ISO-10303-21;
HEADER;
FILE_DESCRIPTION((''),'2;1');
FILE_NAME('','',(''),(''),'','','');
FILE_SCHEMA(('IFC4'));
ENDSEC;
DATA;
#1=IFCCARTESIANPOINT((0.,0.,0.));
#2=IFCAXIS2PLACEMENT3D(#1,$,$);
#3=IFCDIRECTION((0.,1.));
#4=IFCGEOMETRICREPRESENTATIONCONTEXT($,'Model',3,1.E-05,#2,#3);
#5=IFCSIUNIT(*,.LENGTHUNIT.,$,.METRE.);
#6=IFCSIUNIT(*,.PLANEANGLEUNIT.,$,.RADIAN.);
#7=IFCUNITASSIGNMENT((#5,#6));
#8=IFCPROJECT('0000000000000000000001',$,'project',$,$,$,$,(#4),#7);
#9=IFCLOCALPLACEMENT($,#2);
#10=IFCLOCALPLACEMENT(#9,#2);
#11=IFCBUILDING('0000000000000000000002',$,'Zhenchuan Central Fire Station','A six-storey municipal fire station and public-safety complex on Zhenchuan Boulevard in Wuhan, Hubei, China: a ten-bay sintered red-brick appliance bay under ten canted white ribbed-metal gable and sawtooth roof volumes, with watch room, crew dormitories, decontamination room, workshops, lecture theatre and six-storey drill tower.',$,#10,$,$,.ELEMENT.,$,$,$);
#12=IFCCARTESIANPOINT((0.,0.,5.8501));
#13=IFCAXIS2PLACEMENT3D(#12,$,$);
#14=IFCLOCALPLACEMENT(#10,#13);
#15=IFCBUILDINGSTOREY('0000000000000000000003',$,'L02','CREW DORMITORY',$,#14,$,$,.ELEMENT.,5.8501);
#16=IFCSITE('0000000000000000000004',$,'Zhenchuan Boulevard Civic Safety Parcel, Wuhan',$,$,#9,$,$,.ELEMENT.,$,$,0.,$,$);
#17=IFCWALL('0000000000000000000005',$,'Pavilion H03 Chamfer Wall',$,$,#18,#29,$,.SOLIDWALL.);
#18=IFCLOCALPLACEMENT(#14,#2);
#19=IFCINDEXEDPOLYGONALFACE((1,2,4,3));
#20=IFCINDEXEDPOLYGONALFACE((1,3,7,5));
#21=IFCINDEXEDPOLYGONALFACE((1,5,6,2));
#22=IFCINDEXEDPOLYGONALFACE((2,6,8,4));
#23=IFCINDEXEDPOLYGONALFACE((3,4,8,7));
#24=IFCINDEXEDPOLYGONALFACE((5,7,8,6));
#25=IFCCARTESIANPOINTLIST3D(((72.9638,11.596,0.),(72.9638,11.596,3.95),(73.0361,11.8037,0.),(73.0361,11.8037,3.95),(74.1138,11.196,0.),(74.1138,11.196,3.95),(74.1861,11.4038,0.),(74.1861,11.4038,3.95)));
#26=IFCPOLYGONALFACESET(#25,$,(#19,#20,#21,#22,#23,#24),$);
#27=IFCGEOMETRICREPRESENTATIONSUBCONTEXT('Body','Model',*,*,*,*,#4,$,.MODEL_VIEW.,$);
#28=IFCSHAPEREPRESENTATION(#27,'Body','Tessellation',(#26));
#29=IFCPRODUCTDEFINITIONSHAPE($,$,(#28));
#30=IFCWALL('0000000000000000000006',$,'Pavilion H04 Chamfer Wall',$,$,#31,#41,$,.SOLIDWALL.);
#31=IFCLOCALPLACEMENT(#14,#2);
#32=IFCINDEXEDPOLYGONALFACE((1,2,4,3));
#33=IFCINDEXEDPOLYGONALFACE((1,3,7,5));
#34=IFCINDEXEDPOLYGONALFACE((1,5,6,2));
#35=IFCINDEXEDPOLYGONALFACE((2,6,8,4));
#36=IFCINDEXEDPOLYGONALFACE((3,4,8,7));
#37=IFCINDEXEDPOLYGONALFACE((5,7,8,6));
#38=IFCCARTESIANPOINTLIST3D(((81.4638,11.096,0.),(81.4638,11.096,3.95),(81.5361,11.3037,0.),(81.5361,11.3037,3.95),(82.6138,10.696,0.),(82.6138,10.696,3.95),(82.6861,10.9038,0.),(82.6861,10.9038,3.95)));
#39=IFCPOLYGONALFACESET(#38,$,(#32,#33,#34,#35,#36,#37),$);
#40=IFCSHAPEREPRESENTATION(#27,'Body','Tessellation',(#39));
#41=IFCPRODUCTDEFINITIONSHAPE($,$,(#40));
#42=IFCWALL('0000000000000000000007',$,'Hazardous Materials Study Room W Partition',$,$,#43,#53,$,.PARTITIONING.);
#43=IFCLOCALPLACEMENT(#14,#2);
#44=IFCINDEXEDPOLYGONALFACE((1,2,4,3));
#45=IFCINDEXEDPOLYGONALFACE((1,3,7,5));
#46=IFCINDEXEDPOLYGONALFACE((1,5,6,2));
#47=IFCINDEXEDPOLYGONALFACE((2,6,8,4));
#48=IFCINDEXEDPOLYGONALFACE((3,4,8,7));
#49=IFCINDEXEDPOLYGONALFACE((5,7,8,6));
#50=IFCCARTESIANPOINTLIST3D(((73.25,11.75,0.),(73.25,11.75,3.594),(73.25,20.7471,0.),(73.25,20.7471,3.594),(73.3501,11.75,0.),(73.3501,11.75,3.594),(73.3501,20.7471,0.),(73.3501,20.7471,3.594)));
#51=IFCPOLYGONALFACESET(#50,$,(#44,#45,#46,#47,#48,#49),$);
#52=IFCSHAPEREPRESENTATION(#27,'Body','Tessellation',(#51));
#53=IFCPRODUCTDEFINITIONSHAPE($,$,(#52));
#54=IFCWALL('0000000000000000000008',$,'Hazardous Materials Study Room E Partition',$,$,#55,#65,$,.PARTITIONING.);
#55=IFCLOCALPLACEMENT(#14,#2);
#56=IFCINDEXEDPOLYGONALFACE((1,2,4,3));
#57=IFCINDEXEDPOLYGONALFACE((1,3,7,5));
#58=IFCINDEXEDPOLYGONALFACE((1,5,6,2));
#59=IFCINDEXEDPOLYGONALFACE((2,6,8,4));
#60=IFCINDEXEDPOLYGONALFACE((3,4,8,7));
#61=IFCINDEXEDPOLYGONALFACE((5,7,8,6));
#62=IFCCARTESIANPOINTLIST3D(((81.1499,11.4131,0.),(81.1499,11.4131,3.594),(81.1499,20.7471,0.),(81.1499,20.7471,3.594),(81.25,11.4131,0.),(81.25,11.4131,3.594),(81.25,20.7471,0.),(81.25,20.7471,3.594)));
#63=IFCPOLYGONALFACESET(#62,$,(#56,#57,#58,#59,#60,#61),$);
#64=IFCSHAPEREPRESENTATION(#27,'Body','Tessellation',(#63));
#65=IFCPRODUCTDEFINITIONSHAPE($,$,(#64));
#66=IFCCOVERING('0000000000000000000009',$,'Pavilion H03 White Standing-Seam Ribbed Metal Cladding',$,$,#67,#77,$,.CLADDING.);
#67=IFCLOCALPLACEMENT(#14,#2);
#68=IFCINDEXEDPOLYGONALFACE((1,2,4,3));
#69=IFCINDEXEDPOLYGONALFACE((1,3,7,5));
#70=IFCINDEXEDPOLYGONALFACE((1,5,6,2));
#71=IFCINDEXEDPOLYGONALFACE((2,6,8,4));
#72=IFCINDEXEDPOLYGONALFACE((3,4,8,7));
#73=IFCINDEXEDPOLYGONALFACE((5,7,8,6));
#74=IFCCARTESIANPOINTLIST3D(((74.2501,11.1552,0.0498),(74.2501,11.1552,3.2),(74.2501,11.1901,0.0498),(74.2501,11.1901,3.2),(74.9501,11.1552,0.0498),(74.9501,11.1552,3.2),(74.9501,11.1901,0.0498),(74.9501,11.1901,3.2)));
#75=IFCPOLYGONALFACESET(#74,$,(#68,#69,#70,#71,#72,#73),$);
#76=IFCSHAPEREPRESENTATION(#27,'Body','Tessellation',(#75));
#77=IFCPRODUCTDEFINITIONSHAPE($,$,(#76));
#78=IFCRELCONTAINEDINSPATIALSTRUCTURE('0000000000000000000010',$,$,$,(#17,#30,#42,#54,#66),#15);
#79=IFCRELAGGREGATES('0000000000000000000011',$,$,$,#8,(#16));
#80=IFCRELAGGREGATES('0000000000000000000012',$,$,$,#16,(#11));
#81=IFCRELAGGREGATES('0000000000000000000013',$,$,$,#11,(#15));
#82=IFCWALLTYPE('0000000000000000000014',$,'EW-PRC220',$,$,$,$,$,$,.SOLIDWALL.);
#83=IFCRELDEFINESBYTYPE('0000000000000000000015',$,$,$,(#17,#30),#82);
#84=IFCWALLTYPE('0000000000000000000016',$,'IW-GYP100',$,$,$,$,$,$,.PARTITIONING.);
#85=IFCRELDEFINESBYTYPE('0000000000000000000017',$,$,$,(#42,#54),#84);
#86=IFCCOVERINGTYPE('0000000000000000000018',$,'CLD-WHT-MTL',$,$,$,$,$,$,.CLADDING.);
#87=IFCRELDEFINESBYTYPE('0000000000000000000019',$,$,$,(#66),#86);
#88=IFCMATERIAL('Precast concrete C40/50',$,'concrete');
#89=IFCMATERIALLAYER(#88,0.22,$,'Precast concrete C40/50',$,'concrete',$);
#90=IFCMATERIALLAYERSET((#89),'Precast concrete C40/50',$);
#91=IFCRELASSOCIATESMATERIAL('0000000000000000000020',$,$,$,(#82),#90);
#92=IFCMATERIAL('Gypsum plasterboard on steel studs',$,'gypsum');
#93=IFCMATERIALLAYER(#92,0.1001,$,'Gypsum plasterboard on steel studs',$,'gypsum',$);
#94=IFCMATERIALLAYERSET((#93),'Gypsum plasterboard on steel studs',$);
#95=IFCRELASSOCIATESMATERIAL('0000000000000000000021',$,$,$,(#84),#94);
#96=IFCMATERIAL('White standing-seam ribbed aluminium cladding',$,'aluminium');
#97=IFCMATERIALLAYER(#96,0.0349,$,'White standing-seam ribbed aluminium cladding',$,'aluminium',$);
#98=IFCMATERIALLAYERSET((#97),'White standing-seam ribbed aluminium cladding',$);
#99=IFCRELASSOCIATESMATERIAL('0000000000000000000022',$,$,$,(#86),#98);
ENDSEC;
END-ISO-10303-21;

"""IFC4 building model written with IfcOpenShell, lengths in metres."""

from ifc_helpers import new_model, si_unit, direction, frame, frame_2d, origin, place, context, subcontext, project, spatial, polyline, rectangle, outline, extrude, material, layer, layer_set, type_object, element, save


model = new_model("IFC4")

# Units and contexts
model_context = context("Model", 3, precision=1e-05, world=origin(), true_north=direction((0.0, 1.0)))
body_context = subcontext(model_context, "Body", "Model", "MODEL_VIEW")
ifc_project = project(units=[si_unit("LENGTHUNIT", "METRE"), si_unit("PLANEANGLEUNIT", "RADIAN")], contexts=[model_context])

# Site, building, storey
site_placement = place(None, origin())
site = spatial("IfcSite", under=ifc_project, at=site_placement, Name="Zhenchuan Boulevard Civic Safety Parcel, Wuhan", CompositionType="ELEMENT", RefElevation=0.0)
building_placement = place(site_placement, origin())
building = spatial("IfcBuilding", under=site, at=building_placement, Name="Zhenchuan Central Fire Station", Description="A six-storey municipal fire station and public-safety complex on Zhenchuan Boulevard in Wuhan, Hubei, China: a ten-bay sintered red-brick appliance bay under ten canted white ribbed-metal gable and sawtooth roof volumes, with watch room, crew dormitories, decontamination room, workshops, lecture theatre and six-storey drill tower.", CompositionType="ELEMENT")
storey_placement = place(building_placement, frame((0.0, 0.0, 5.8501)))
storey = spatial("IfcBuildingStorey", under=building, at=storey_placement, Name="L02", Description="CREW DORMITORY", CompositionType="ELEMENT", Elevation=5.8501)

# Shared definitions
ifc_material_1 = material(Name="Precast concrete C40/50", Category="concrete")
ifc_layer_1 = layer(ifc_material_1, 0.22, Name="Precast concrete C40/50", Category="concrete")
ifc_layer_set_1 = layer_set([ifc_layer_1], Name="Precast concrete C40/50")
wall_type_1 = type_object("IfcWallType", Name="EW-PRC220", PredefinedType="SOLIDWALL", material=ifc_layer_set_1)

# Walls
for number, where, z_axis, x_axis, name in (
    (1, (73.0, 11.7, 0.0), (0.0, 0.0, 1.0), (0.944513, -0.328474, 0.0), "Pavilion H03 Chamfer Wall"),
    (2, (81.5, 11.2, 0.0), (0.0, 0.0, 1.0), (0.944513, -0.328474, 0.0), "Pavilion H04 Chamfer Wall"),
):
    element("IfcWall", number, at=place(storey_placement, frame(where, z_axis=z_axis, x_axis=x_axis)), inside=storey, type_object=wall_type_1, Name=name, PredefinedType="SOLIDWALL", context=body_context, shape_type="SweptSolid", body=[
        extrude(outline(polyline([(0.0, 0.0), (1.2175, 0.0), (1.2175, 3.95), (0.0, 3.95), (0.0, 0.0)])), frame((0.0, 0.1099, 0.0), z_axis=(0.0, -1.0, 0.0), x_axis=(1.0, 0.0, 0.0)), (0.0, 0.0, 1.0), 0.22),
    ])
ifc_material_2 = material(Name="Gypsum plasterboard on steel studs", Category="gypsum")
ifc_layer_2 = layer(ifc_material_2, 0.1001, Name="Gypsum plasterboard on steel studs", Category="gypsum")
ifc_layer_set_2 = layer_set([ifc_layer_2], Name="Gypsum plasterboard on steel studs")
wall_type_2 = type_object("IfcWallType", Name="IW-GYP100", PredefinedType="PARTITIONING", material=ifc_layer_set_2)
wall_1_placement = place(storey_placement, frame((73.3, 11.75, 0.0), z_axis=(0.0, 0.0, 1.0), x_axis=(0.0, 1.0, 0.0)))
element("IfcWall", 3, at=wall_1_placement, inside=storey, type_object=wall_type_2, Name="Hazardous Materials Study Room W Partition", PredefinedType="PARTITIONING", context=body_context, shape_type="SweptSolid", body=[
    extrude(rectangle(XDim=8.9971, YDim=0.1001, at=frame_2d((4.4985, 0.0))), origin(), (0.0, 0.0, 1.0), 3.594),
])
wall_2_placement = place(storey_placement, frame((81.2, 11.4131, 0.0), z_axis=(0.0, 0.0, 1.0), x_axis=(0.0, 1.0, 0.0)))
element("IfcWall", 4, at=wall_2_placement, inside=storey, type_object=wall_type_2, Name="Hazardous Materials Study Room E Partition", PredefinedType="PARTITIONING", context=body_context, shape_type="SweptSolid", body=[
    extrude(rectangle(XDim=9.334, YDim=0.1001, at=frame_2d((4.667, 0.0))), origin(), (0.0, 0.0, 1.0), 3.594),
])

# Covering
ifc_material_3 = material(Name="White standing-seam ribbed aluminium cladding", Category="aluminium")
ifc_layer_3 = layer(ifc_material_3, 0.0349, Name="White standing-seam ribbed aluminium cladding", Category="aluminium")
ifc_layer_set_3 = layer_set([ifc_layer_3], Name="White standing-seam ribbed aluminium cladding")
covering_type = type_object("IfcCoveringType", Name="CLD-WHT-MTL", PredefinedType="CLADDING", material=ifc_layer_set_3)
covering_placement = place(storey_placement, frame((74.25, 11.1726, 0.0498), z_axis=(0.0, 0.0, 1.0), x_axis=(1.0, 0.0, 0.0)))
element("IfcCovering", 5, at=covering_placement, inside=storey, type_object=covering_type, Name="Pavilion H03 White Standing-Seam Ribbed Metal Cladding", PredefinedType="CLADDING", context=body_context, shape_type="SweptSolid", body=[
    extrude(rectangle(XDim=0.7, YDim=0.0349, at=frame_2d((0.3501, 0.0))), origin(), (0.0, 0.0, 1.0), 3.1501),
])

save(model, "model.ifc")
